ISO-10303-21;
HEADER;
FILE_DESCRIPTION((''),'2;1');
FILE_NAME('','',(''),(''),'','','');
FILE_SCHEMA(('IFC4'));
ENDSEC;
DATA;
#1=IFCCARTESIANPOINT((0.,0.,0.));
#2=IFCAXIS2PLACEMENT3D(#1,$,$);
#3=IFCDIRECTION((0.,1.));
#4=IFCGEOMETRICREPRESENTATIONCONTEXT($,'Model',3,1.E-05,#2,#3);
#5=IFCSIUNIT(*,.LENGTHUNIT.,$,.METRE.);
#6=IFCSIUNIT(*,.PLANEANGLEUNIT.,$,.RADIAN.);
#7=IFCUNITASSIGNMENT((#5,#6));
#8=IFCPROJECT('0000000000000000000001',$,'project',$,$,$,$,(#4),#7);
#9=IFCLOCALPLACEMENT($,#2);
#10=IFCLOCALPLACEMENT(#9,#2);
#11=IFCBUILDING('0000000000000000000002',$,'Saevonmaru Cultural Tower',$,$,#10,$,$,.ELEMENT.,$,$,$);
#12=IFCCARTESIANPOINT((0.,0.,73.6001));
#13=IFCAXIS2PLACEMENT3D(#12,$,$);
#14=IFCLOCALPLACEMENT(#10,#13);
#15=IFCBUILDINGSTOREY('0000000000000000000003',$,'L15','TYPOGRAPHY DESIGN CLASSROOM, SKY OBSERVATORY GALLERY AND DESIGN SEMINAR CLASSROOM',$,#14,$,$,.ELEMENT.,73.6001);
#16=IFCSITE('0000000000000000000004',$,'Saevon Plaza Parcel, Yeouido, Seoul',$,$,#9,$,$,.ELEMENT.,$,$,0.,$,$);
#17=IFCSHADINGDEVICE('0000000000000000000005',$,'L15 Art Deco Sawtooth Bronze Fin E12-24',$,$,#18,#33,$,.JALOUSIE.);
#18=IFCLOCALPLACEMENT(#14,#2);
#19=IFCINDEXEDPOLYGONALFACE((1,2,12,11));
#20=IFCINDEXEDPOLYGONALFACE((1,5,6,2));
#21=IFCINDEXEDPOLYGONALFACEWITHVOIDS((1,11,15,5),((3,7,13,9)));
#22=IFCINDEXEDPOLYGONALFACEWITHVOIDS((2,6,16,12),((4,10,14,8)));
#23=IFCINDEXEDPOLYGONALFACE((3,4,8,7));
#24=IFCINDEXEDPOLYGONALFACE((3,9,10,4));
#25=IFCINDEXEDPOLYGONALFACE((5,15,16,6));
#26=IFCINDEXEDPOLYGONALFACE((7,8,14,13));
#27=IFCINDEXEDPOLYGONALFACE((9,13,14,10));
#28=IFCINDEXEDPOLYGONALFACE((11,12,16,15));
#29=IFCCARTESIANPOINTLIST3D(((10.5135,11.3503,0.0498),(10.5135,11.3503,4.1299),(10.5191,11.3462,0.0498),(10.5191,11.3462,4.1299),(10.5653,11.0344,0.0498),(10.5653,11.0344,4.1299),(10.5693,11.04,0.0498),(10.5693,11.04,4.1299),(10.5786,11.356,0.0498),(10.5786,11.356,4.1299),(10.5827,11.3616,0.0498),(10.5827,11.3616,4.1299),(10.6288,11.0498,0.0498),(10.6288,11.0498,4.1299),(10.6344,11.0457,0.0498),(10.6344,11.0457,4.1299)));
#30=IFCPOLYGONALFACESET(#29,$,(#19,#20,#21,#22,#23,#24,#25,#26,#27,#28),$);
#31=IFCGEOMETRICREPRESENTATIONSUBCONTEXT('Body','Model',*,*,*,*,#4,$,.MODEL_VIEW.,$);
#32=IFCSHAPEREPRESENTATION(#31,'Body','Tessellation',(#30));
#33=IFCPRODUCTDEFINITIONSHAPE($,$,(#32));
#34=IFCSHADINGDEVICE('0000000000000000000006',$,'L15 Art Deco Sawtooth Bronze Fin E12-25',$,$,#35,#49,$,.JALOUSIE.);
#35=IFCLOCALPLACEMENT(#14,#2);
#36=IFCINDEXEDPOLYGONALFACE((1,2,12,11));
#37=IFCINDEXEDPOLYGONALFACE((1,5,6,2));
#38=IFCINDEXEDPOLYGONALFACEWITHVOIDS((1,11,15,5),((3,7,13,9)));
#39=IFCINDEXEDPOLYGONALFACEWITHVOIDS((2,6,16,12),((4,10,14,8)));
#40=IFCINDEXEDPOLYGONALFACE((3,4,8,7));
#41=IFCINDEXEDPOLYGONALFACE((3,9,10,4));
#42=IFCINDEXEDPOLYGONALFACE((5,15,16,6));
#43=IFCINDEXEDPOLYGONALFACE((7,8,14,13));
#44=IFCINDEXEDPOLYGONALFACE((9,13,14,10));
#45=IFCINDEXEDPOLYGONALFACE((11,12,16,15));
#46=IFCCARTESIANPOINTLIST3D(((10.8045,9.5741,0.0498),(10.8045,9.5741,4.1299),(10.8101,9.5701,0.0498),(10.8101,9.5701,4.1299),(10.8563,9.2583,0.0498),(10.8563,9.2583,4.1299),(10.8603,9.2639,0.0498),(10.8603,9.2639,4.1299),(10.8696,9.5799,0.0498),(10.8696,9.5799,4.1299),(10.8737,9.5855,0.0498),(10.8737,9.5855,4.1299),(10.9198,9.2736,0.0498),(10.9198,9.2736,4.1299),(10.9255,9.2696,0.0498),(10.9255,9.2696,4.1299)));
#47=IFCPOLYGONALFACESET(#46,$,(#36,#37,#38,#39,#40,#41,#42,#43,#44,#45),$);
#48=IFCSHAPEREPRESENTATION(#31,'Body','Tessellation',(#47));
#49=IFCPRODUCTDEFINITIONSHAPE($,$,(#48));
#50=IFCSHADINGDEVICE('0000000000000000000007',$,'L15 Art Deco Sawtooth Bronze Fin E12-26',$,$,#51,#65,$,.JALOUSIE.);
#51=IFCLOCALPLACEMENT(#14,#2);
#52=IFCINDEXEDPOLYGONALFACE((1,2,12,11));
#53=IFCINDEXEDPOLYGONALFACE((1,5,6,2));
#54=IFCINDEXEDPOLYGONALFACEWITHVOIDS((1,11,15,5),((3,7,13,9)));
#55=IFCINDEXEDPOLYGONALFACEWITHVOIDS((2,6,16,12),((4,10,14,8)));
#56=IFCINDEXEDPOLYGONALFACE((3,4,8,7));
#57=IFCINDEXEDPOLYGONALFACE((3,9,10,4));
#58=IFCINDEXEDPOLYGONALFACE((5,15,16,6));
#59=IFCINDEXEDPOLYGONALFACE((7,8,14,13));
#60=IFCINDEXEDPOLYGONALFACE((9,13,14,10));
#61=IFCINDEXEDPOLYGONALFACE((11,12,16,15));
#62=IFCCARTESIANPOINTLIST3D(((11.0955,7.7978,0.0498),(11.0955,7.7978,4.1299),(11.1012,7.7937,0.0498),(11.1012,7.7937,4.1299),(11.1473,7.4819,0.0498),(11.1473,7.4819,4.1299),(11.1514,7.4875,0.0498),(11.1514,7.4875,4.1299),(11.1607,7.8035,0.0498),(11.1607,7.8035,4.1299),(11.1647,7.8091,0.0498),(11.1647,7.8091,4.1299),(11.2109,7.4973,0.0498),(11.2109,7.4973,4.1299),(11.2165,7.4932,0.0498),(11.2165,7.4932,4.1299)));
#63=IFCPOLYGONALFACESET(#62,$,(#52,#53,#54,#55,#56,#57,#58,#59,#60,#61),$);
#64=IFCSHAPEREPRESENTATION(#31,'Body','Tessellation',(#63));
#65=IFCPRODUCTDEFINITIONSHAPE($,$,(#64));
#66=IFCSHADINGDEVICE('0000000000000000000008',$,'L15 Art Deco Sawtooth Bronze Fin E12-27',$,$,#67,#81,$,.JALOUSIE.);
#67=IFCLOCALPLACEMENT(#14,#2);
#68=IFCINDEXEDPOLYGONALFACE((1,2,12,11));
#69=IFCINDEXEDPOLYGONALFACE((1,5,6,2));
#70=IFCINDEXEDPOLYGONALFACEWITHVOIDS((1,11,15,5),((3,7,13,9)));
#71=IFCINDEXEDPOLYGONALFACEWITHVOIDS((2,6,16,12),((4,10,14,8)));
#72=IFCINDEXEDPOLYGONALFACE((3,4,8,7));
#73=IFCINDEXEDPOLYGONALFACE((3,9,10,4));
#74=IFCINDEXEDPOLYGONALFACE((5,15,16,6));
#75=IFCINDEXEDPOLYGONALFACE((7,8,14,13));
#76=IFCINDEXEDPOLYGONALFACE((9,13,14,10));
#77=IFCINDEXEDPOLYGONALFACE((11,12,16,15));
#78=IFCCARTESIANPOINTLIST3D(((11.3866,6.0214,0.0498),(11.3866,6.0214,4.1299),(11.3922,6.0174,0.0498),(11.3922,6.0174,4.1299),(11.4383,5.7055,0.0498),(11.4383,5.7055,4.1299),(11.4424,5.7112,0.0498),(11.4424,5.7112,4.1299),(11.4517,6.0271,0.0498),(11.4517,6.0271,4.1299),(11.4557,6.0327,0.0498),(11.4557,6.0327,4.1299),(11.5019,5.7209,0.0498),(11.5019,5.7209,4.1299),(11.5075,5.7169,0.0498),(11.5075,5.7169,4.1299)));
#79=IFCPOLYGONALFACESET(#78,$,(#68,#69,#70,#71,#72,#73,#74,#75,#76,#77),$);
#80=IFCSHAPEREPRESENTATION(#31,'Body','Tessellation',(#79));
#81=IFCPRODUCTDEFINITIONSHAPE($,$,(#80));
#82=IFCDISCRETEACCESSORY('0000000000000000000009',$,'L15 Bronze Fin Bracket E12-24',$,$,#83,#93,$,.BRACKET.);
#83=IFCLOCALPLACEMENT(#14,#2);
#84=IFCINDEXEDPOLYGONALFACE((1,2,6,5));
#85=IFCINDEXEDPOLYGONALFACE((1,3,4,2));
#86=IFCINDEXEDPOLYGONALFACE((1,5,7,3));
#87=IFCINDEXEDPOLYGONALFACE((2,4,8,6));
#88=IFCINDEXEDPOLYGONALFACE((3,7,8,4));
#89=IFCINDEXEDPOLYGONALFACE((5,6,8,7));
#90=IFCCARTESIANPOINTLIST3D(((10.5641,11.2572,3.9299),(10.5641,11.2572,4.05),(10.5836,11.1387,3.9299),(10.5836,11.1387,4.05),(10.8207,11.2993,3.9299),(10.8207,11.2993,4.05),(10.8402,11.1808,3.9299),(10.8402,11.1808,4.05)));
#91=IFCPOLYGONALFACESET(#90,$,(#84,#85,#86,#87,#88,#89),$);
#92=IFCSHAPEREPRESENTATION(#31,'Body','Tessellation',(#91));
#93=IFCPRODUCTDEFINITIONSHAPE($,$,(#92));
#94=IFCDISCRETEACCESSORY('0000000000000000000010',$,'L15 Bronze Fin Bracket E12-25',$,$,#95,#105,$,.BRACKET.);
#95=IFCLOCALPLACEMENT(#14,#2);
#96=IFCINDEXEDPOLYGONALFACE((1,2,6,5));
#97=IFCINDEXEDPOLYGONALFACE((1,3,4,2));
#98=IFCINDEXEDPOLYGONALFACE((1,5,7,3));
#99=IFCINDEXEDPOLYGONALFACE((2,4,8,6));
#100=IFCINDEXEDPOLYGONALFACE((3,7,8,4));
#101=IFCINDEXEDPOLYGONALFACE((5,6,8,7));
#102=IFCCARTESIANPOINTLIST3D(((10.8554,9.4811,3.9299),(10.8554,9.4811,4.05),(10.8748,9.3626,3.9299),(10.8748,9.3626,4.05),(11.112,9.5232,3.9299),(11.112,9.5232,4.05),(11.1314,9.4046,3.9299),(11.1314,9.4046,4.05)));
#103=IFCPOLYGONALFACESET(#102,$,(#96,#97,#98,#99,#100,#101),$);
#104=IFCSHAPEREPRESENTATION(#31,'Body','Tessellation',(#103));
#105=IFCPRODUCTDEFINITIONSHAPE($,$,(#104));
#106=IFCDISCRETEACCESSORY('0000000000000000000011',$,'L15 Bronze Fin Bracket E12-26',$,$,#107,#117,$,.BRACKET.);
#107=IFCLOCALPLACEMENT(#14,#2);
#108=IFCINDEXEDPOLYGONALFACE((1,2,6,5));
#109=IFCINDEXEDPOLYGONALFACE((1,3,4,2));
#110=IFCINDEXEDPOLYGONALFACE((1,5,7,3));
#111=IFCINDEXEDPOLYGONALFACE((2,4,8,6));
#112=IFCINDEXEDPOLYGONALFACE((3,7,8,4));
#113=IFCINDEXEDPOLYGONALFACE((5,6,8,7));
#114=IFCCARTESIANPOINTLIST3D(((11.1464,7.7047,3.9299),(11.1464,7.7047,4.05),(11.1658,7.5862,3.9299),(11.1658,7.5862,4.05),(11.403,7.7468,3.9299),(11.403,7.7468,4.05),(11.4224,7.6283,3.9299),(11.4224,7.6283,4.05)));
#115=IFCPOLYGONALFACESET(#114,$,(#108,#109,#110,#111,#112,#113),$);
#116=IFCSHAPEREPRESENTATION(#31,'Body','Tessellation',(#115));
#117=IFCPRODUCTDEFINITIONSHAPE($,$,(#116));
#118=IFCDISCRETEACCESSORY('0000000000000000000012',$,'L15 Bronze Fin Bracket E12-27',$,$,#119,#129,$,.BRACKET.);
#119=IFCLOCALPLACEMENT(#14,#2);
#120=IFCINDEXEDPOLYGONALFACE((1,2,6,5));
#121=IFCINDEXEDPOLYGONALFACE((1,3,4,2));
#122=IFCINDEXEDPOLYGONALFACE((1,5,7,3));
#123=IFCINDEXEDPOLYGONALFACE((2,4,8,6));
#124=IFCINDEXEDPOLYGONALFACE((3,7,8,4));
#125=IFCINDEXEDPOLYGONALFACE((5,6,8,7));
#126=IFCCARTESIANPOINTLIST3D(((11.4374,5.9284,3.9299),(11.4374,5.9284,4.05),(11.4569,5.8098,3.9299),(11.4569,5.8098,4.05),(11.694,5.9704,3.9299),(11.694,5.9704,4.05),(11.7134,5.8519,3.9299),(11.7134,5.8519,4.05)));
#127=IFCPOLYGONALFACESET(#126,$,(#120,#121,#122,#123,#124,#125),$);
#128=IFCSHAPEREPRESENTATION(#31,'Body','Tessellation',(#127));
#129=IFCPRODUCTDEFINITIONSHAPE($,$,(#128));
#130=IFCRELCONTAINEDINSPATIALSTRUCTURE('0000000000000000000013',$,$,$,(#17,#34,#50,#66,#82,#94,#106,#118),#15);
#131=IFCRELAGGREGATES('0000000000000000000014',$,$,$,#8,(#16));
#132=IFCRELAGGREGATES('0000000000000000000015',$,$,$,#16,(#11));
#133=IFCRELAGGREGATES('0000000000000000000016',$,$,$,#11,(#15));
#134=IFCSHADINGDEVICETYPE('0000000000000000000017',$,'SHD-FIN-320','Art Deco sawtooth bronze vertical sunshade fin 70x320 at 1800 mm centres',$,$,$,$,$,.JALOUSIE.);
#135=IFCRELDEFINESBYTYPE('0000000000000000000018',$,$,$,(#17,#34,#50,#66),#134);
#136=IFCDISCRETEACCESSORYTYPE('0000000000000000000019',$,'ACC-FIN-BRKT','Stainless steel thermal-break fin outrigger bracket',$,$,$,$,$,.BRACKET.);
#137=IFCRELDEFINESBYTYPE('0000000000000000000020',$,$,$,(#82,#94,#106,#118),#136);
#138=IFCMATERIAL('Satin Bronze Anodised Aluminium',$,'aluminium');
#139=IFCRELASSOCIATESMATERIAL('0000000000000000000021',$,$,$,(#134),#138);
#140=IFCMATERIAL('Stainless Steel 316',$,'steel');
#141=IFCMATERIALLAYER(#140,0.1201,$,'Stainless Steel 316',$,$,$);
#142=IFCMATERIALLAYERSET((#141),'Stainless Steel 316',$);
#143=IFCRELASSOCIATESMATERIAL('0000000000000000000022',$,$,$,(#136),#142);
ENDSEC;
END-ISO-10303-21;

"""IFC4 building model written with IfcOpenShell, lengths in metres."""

from ifc_helpers import new_model, si_unit, direction, frame, origin, origin_2d, place, context, subcontext, project, spatial, rectangle, hollow_rectangle, extrude, material, layer, layer_set, material_profile, profile_set, type_object, element, save


model = new_model("IFC4")

# Units and contexts
model_context = context("Model", 3, precision=1e-05, world=origin(), true_north=direction((0.0, 1.0)))
body_context = subcontext(model_context, "Body", "Model", "MODEL_VIEW")
ifc_project = project(units=[si_unit("LENGTHUNIT", "METRE"), si_unit("PLANEANGLEUNIT", "RADIAN")], contexts=[model_context])

# Site, building, storey
site_placement = place(None, origin())
site = spatial("IfcSite", under=ifc_project, at=site_placement, Name="Saevon Plaza Parcel, Yeouido, Seoul", CompositionType="ELEMENT", RefElevation=0.0)
building_placement = place(site_placement, origin())
building = spatial("IfcBuilding", under=site, at=building_placement, Name="Saevonmaru Cultural Tower", CompositionType="ELEMENT")
storey_placement = place(building_placement, frame((0.0, 0.0, 73.6001)))
storey = spatial("IfcBuildingStorey", under=building, at=storey_placement, Name="L15", Description="TYPOGRAPHY DESIGN CLASSROOM, SKY OBSERVATORY GALLERY AND DESIGN SEMINAR CLASSROOM", CompositionType="ELEMENT", Elevation=73.6001)

# Shared definitions
ifc_material_1 = material(Name="Satin Bronze Anodised Aluminium", Category="aluminium")

# Shading devices
ifc_material_profile_1 = material_profile(ifc_material_1, hollow_rectangle(XDim=0.0701, YDim=0.3201, WallThickness=0.0049, at=origin_2d()), Name="FIN-320x70")
ifc_profile_set_1 = profile_set([ifc_material_profile_1], Name="Satin Bronze Anodised Aluminium")
shading_device_type = type_object("IfcShadingDeviceType", Name="SHD-FIN-320", Description="Art Deco sawtooth bronze vertical sunshade fin 70x320 at 1800 mm centres", PredefinedType="JALOUSIE", material=ifc_profile_set_1)
for number, where, z_axis, x_axis, name in (
    (1, (10.574, 11.198, 0.0498), (0.0, 0.0, 1.0), (-0.986827, -0.161776, 0.0), "L15 Art Deco Sawtooth Bronze Fin E12-24"),
    (2, (10.865, 9.4219, 0.0498), (0.0, 0.0, 1.0), (-0.986827, -0.161776, 0.0), "L15 Art Deco Sawtooth Bronze Fin E12-25"),
    (3, (11.156, 7.6455, 0.0498), (0.0, 0.0, 1.0), (-0.986827, -0.161776, 0.0), "L15 Art Deco Sawtooth Bronze Fin E12-26"),
    (4, (11.447, 5.8691, 0.0498), (0.0, 0.0, 1.0), (-0.986827, -0.161776, 0.0), "L15 Art Deco Sawtooth Bronze Fin E12-27"),
):
    element("IfcShadingDevice", number, at=place(storey_placement, frame(where, z_axis=z_axis, x_axis=x_axis)), inside=storey, type_object=shading_device_type, Name=name, PredefinedType="JALOUSIE", context=body_context, shape_type="SweptSolid", body=[
        extrude(hollow_rectangle(XDim=0.0701, YDim=0.3201, WallThickness=0.0049, at=origin_2d()), origin(), (0.0, 0.0, 1.0), 4.0801),
    ])

# Discrete accessories
ifc_material_2 = material(Name="Stainless Steel 316", Category="steel")
ifc_layer_1 = layer(ifc_material_2, 0.1201, Name="Stainless Steel 316")
ifc_layer_set_1 = layer_set([ifc_layer_1], Name="Stainless Steel 316")
discrete_accessory_type = type_object("IfcDiscreteAccessoryType", Name="ACC-FIN-BRKT", Description="Stainless steel thermal-break fin outrigger bracket", PredefinedType="BRACKET", material=ifc_layer_set_1)
for number, where, z_axis, x_axis, name in (
    (5, (10.7021, 11.219, 3.9299), (0.0, 0.0, 1.0), (-0.986827, -0.161776, 0.0), "L15 Bronze Fin Bracket E12-24"),
    (6, (10.9934, 9.4429, 3.9299), (0.0, 0.0, 1.0), (-0.986827, -0.161776, 0.0), "L15 Bronze Fin Bracket E12-25"),
    (7, (11.2844, 7.6665, 3.9299), (0.0, 0.0, 1.0), (-0.986827, -0.161776, 0.0), "L15 Bronze Fin Bracket E12-26"),
    (8, (11.5754, 5.8901, 3.9299), (0.0, 0.0, 1.0), (-0.986827, -0.161776, 0.0), "L15 Bronze Fin Bracket E12-27"),
):
    element("IfcDiscreteAccessory", number, at=place(storey_placement, frame(where, z_axis=z_axis, x_axis=x_axis)), inside=storey, type_object=discrete_accessory_type, Name=name, PredefinedType="BRACKET", context=body_context, shape_type="SweptSolid", body=[
        extrude(rectangle(XDim=0.26, YDim=0.1201, at=origin_2d()), origin(), (0.0, 0.0, 1.0), 0.1201),
    ])

save(model, "model.ifc")
